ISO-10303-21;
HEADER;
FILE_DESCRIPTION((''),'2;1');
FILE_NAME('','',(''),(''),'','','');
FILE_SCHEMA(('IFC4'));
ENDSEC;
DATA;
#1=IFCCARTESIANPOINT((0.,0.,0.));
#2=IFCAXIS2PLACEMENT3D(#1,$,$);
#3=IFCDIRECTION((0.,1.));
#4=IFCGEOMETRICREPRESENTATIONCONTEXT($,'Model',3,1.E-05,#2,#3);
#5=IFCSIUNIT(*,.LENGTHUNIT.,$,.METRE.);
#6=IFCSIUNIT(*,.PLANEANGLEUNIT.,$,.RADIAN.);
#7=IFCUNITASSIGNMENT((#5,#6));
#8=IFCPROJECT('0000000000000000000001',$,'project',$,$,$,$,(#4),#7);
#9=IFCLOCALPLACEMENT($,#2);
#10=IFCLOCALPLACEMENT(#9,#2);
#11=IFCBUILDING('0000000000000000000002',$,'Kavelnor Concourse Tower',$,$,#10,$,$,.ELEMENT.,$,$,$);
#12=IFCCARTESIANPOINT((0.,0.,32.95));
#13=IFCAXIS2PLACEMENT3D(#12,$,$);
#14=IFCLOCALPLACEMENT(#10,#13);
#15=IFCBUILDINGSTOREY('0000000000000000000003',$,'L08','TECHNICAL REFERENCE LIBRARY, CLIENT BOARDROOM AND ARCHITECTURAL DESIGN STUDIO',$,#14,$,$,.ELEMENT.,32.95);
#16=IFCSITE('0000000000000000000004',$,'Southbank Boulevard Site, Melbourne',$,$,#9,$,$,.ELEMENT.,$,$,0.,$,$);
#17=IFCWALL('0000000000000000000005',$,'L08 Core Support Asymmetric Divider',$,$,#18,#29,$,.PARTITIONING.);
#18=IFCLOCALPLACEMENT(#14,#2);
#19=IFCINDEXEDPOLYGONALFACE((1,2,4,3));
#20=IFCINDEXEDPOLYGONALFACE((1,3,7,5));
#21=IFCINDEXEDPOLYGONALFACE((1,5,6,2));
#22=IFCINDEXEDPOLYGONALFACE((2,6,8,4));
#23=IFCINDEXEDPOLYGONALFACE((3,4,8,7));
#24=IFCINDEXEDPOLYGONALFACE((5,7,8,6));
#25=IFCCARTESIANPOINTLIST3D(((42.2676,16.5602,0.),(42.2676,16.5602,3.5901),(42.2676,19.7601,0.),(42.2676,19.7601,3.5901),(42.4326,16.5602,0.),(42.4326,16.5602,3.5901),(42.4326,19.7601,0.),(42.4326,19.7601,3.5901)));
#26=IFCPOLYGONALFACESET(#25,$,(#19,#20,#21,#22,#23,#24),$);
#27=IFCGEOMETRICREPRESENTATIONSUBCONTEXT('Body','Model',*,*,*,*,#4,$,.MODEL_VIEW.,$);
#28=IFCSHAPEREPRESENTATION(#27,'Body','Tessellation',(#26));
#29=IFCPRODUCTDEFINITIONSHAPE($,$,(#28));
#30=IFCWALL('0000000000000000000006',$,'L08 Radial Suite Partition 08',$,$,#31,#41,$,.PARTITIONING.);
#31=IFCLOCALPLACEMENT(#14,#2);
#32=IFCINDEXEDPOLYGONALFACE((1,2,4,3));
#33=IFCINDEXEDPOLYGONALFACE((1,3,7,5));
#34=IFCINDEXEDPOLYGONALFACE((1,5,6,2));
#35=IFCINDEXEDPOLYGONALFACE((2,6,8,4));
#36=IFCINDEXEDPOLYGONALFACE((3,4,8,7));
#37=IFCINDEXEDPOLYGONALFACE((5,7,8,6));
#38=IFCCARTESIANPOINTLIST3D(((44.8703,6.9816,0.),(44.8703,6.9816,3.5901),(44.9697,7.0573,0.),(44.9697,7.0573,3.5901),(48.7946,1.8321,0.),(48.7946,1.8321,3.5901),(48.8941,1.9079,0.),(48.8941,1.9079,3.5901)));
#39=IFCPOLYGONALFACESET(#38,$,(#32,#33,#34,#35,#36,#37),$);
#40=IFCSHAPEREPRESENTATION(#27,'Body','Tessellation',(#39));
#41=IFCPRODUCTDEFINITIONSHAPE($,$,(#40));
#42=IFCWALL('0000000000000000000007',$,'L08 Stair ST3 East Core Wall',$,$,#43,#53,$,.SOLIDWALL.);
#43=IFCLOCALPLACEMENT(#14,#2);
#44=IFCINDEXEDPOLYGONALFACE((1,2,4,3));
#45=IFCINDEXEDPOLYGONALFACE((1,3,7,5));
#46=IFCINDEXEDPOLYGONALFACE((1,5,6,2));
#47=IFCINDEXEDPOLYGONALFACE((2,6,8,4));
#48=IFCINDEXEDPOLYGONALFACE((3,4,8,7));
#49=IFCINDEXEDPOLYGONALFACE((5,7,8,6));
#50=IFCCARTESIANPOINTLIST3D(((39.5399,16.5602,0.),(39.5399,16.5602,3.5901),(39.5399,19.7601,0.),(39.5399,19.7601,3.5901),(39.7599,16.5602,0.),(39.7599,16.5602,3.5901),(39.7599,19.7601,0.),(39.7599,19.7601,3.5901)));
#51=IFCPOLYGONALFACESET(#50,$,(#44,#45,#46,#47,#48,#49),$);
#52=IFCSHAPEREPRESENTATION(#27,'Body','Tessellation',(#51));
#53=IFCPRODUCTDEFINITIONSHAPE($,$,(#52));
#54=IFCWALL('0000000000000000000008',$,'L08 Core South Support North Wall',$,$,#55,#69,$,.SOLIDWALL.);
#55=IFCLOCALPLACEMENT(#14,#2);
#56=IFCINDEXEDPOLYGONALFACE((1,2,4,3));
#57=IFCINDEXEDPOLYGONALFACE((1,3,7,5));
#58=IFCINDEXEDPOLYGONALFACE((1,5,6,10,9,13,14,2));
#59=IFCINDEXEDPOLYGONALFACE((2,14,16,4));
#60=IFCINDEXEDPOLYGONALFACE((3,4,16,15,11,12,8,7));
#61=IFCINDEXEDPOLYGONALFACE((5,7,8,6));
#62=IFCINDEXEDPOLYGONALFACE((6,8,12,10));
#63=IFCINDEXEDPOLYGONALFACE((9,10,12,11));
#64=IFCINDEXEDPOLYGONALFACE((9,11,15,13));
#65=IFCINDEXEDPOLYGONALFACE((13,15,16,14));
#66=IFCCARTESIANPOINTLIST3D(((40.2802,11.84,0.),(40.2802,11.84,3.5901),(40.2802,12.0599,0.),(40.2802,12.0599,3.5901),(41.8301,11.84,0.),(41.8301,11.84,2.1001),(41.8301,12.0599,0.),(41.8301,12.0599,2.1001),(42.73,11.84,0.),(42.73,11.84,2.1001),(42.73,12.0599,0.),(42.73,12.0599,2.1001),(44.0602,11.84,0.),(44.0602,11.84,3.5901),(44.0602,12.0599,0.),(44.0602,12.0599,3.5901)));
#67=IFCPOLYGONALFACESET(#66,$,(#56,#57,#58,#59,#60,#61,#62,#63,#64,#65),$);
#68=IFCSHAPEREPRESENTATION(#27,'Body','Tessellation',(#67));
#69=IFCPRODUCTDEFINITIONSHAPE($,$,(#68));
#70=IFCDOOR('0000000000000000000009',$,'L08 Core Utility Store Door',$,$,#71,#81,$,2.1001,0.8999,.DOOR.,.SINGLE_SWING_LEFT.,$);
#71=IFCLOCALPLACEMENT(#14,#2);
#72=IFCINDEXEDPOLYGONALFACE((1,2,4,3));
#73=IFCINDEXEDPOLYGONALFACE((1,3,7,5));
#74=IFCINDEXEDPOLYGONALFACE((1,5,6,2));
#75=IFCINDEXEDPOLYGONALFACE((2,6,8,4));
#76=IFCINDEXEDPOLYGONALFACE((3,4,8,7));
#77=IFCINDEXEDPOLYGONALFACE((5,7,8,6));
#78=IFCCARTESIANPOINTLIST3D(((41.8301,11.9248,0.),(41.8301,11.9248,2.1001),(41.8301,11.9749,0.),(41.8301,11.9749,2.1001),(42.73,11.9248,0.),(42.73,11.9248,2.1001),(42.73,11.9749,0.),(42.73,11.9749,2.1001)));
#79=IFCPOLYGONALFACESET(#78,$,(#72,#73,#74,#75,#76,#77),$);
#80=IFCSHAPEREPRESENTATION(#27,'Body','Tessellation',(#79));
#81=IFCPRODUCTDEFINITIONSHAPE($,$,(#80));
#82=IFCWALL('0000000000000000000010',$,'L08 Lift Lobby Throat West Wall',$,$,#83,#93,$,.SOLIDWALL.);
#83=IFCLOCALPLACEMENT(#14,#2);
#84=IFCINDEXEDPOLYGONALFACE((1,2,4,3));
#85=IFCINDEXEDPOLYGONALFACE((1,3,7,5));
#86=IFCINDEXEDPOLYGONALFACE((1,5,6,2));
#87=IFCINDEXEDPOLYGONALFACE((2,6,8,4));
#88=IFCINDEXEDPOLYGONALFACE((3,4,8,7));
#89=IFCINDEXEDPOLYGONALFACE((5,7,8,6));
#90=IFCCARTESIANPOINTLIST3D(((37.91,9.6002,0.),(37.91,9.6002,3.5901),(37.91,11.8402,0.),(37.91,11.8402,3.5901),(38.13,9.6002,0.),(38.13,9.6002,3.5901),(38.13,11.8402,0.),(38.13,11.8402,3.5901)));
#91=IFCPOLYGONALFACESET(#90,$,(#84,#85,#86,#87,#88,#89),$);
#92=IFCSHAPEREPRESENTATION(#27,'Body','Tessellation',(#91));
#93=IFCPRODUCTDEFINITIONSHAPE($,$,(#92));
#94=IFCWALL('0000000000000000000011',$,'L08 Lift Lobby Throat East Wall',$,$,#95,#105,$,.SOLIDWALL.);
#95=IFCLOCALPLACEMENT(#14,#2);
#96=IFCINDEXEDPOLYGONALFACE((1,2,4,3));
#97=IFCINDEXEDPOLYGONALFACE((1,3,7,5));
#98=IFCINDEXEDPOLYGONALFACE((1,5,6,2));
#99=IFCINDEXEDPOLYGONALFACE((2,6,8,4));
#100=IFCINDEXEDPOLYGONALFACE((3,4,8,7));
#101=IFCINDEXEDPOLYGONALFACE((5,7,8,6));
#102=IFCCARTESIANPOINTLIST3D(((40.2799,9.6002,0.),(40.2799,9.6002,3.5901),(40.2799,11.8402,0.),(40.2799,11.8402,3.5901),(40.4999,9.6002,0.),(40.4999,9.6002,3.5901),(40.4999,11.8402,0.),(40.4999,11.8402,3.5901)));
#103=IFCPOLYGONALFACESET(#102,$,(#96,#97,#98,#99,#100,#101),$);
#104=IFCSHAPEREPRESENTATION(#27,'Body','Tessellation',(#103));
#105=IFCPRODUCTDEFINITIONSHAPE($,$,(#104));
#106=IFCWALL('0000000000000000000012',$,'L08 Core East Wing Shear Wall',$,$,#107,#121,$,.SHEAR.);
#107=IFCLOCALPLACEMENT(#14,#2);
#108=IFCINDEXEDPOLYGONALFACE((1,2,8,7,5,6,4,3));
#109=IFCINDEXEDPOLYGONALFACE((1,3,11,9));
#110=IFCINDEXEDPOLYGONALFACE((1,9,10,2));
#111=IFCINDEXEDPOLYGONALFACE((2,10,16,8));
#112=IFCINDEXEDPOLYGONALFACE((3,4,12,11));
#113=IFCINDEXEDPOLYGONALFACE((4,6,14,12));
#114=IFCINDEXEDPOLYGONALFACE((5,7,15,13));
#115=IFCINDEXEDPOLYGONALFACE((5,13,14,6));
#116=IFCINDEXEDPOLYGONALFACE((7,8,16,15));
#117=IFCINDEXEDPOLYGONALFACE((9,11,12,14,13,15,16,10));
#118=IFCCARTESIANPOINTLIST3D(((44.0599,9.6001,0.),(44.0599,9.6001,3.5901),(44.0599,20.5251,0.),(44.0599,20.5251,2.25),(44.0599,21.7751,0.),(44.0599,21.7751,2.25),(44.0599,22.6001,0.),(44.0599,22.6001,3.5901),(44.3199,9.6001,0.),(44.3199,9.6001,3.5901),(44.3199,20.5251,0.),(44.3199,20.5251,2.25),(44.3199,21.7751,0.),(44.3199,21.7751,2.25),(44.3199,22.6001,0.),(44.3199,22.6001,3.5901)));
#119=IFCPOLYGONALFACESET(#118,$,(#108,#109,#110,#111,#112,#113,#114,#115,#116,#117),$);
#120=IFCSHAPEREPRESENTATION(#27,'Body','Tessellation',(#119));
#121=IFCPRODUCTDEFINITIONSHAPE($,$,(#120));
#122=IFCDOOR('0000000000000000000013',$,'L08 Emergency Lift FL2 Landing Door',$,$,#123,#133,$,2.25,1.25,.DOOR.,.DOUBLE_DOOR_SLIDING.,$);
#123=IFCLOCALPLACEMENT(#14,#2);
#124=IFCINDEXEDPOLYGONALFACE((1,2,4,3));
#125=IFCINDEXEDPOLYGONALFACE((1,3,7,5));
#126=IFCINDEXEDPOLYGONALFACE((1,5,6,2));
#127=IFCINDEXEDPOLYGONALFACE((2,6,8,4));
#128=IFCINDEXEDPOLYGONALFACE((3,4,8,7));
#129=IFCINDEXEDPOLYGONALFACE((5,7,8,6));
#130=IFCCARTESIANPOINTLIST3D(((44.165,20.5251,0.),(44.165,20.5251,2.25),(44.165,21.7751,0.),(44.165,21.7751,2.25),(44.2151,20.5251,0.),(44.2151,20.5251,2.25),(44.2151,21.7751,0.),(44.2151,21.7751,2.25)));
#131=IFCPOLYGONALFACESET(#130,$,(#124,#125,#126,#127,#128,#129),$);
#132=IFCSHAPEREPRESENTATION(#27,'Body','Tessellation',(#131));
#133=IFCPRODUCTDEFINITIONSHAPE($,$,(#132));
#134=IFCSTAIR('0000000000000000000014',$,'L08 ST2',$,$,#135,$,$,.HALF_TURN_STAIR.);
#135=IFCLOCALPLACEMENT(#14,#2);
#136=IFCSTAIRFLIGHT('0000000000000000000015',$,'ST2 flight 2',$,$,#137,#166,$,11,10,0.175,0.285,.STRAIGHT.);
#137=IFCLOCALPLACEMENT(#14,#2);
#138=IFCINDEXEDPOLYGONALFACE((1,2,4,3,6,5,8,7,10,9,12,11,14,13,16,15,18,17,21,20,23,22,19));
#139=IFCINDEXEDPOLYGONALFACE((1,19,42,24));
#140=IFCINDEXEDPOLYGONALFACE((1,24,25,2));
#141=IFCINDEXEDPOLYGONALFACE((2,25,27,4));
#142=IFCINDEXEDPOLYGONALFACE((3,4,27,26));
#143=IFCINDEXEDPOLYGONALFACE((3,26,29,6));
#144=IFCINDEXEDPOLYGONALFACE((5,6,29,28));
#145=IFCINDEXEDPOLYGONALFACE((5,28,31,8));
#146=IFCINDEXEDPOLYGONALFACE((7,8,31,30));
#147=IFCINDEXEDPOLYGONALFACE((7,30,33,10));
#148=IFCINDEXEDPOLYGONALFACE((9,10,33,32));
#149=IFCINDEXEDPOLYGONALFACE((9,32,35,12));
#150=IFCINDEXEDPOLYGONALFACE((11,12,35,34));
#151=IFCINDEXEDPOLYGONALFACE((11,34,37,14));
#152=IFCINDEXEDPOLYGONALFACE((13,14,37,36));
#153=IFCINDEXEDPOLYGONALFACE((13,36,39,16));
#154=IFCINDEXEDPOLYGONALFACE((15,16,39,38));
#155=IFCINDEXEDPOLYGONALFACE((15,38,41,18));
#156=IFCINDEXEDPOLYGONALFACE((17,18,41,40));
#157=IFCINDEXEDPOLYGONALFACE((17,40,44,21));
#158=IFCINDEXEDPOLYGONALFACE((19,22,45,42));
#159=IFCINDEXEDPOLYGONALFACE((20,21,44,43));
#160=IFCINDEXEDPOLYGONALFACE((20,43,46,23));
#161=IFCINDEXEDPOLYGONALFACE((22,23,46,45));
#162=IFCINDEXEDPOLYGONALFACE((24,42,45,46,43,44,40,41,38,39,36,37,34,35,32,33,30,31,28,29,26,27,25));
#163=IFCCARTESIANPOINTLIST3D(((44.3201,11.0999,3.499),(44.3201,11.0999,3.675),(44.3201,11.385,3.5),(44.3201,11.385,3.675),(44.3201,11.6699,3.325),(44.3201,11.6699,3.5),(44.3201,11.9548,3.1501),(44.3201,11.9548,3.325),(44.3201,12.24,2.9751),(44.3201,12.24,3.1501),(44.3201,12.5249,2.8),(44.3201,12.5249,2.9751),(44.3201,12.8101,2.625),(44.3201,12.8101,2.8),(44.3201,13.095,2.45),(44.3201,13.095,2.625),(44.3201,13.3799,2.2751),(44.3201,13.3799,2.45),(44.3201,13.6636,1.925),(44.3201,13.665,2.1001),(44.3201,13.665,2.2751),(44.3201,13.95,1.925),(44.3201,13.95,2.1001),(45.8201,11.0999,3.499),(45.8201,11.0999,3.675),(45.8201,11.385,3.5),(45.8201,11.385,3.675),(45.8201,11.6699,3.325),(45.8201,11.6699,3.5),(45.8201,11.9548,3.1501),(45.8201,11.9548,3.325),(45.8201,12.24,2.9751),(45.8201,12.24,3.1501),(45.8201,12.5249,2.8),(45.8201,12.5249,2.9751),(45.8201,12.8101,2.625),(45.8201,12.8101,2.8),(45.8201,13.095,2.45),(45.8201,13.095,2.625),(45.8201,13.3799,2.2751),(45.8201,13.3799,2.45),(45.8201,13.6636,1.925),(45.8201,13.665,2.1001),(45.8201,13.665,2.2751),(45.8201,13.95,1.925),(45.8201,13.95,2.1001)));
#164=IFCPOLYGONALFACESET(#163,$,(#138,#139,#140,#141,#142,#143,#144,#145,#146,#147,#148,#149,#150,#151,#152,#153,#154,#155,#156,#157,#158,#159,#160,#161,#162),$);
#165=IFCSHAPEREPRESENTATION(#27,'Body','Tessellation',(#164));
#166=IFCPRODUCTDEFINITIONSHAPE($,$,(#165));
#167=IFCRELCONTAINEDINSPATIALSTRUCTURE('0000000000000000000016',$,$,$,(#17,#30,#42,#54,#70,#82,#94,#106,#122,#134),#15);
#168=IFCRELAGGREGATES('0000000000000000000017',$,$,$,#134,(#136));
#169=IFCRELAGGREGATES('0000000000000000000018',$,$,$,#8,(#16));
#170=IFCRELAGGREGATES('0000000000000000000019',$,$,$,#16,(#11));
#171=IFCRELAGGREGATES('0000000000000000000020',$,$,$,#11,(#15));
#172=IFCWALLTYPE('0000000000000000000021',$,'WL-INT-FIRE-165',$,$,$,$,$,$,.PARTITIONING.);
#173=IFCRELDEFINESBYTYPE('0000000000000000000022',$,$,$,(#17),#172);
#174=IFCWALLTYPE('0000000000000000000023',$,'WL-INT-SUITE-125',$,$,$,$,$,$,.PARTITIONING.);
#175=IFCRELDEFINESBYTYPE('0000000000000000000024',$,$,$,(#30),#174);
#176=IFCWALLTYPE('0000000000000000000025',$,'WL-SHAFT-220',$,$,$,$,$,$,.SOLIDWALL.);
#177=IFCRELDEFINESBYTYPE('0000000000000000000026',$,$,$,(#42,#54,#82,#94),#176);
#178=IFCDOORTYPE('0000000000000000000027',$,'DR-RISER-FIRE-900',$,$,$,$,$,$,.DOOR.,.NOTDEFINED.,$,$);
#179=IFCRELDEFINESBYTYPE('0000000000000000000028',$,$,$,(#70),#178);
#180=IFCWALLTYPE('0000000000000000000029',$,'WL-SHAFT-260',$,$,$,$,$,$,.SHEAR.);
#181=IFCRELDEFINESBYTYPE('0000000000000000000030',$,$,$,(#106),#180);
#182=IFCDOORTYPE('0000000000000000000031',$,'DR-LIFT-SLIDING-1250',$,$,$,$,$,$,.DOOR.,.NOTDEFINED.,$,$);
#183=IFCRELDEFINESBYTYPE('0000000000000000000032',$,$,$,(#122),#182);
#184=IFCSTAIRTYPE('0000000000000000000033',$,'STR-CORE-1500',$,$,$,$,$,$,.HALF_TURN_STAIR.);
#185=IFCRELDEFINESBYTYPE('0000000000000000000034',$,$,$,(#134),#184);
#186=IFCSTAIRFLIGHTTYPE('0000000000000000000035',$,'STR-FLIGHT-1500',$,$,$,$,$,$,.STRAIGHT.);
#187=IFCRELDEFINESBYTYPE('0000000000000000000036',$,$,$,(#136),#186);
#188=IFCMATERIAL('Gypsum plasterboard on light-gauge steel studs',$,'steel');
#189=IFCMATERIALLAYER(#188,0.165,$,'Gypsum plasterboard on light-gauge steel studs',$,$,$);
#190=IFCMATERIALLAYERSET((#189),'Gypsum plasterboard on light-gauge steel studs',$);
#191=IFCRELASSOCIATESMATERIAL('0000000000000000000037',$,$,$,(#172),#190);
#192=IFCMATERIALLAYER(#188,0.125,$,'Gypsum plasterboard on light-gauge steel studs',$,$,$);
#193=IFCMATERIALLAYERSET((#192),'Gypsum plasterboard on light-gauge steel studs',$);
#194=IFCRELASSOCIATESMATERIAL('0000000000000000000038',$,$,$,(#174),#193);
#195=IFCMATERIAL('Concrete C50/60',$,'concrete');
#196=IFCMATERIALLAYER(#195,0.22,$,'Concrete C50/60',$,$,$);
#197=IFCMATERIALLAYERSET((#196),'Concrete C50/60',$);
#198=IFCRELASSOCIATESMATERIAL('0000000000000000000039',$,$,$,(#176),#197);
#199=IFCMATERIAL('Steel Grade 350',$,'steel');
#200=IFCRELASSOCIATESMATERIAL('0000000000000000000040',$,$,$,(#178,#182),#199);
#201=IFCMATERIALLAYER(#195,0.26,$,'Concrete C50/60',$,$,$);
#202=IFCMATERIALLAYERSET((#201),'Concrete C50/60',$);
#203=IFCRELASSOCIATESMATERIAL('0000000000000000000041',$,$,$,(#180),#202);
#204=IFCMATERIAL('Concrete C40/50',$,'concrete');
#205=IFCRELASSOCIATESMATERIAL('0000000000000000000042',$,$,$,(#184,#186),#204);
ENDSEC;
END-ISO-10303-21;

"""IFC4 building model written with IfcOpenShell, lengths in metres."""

from ifc_helpers import new_model, si_unit, direction, frame, frame_2d, origin, place, context, subcontext, project, spatial, polyline, rectangle, outline, extrude, material, layer, layer_set, type_object, element, fill, aggregate, save


model = new_model("IFC4")

# Units and contexts
model_context = context("Model", 3, precision=1e-05, world=origin(), true_north=direction((0.0, 1.0)))
body_context = subcontext(model_context, "Body", "Model", "MODEL_VIEW")
ifc_project = project(units=[si_unit("LENGTHUNIT", "METRE"), si_unit("PLANEANGLEUNIT", "RADIAN")], contexts=[model_context])

# Site, building, storey
site_placement = place(None, origin())
site = spatial("IfcSite", under=ifc_project, at=site_placement, Name="Southbank Boulevard Site, Melbourne", CompositionType="ELEMENT", RefElevation=0.0)
building_placement = place(site_placement, origin())
building = spatial("IfcBuilding", under=site, at=building_placement, Name="Kavelnor Concourse Tower", CompositionType="ELEMENT")
storey_placement = place(building_placement, frame((0.0, 0.0, 32.95)))
storey = spatial("IfcBuildingStorey", under=building, at=storey_placement, Name="L08", Description="TECHNICAL REFERENCE LIBRARY, CLIENT BOARDROOM AND ARCHITECTURAL DESIGN STUDIO", CompositionType="ELEMENT", Elevation=32.95)

# Shared definitions
ifc_material_1 = material(Name="Steel Grade 350", Category="steel")

# Walls
ifc_material_2 = material(Name="Gypsum plasterboard on light-gauge steel studs", Category="steel")
ifc_layer_1 = layer(ifc_material_2, 0.165, Name="Gypsum plasterboard on light-gauge steel studs")
ifc_layer_set_1 = layer_set([ifc_layer_1], Name="Gypsum plasterboard on light-gauge steel studs")
wall_type_1 = type_object("IfcWallType", Name="WL-INT-FIRE-165", PredefinedType="PARTITIONING", material=ifc_layer_set_1)
wall_1_placement = place(storey_placement, frame((42.3501, 16.5601, 0.0), z_axis=(0.0, 0.0, 1.0), x_axis=(0.0, 1.0, 0.0)))
element("IfcWall", 1, at=wall_1_placement, inside=storey, type_object=wall_type_1, Name="L08 Core Support Asymmetric Divider", PredefinedType="PARTITIONING", context=body_context, shape_type="SweptSolid", body=[
    extrude(rectangle(XDim=3.2, YDim=0.165, at=frame_2d((1.6001, 0.0))), origin(), (0.0, 0.0, 1.0), 3.5901),
])
ifc_layer_2 = layer(ifc_material_2, 0.125, Name="Gypsum plasterboard on light-gauge steel studs")
ifc_layer_set_2 = layer_set([ifc_layer_2], Name="Gypsum plasterboard on light-gauge steel studs")
wall_type_2 = type_object("IfcWallType", Name="WL-INT-SUITE-125", PredefinedType="PARTITIONING", material=ifc_layer_set_2)
wall_2_placement = place(storey_placement, frame((44.9199, 7.0195, 0.0), z_axis=(0.0, 0.0, 1.0), x_axis=(0.606136, -0.795361, 0.0)))
element("IfcWall", 2, at=wall_2_placement, inside=storey, type_object=wall_type_2, Name="L08 Radial Suite Partition 08", PredefinedType="PARTITIONING", context=body_context, shape_type="SweptSolid", body=[
    extrude(rectangle(XDim=6.4744, YDim=0.125, at=frame_2d((3.2373, 0.0))), origin(), (0.0, 0.0, 1.0), 3.5901),
])
ifc_material_3 = material(Name="Concrete C50/60", Category="concrete")
ifc_layer_3 = layer(ifc_material_3, 0.22, Name="Concrete C50/60")
ifc_layer_set_3 = layer_set([ifc_layer_3], Name="Concrete C50/60")
wall_type_3 = type_object("IfcWallType", Name="WL-SHAFT-220", PredefinedType="SOLIDWALL", material=ifc_layer_set_3)
wall_3_placement = place(storey_placement, frame((39.6499, 16.5601, 0.0), z_axis=(0.0, 0.0, 1.0), x_axis=(0.0, 1.0, 0.0)))
element("IfcWall", 3, at=wall_3_placement, inside=storey, type_object=wall_type_3, Name="L08 Stair ST3 East Core Wall", PredefinedType="SOLIDWALL", context=body_context, shape_type="SweptSolid", body=[
    extrude(rectangle(XDim=3.2, YDim=0.22, at=frame_2d((1.6001, 0.0))), origin(), (0.0, 0.0, 1.0), 3.5901),
])

# Wall, opening, door
wall_4_placement = place(storey_placement, frame((40.28, 11.95, 0.0), z_axis=(0.0, 0.0, 1.0), x_axis=(1.0, 0.0, 0.0)))
wall_4 = element("IfcWall", 4, at=wall_4_placement, inside=storey, type_object=wall_type_3, Name="L08 Core South Support North Wall", PredefinedType="SOLIDWALL", context=body_context, shape_type="SweptSolid", body=[
    extrude(rectangle(XDim=3.78, YDim=0.22, at=frame_2d((1.8901, 0.0))), origin(), (0.0, 0.0, 1.0), 3.5901),
])
opening_1_placement = place(wall_4_placement, frame((1.55, 0.0, 0.0)))
opening_1 = element("IfcOpeningElement", 5, at=opening_1_placement, cuts=wall_4, PredefinedType="OPENING", context=body_context, shape_type="SweptSolid", body=[
    extrude(rectangle(XDim=0.8999, YDim=2.1001, at=frame_2d((0.45, 1.05))), frame((0.0, 0.1201, 0.0), z_axis=(0.0, -1.0, 0.0), x_axis=(1.0, 0.0, 0.0)), (0.0, 0.0, 1.0), 0.24),
])
door_type_1 = type_object("IfcDoorType", Name="DR-RISER-FIRE-900", OperationType="NOTDEFINED", PredefinedType="DOOR", material=ifc_material_1)
door_1_placement = place(opening_1_placement, origin())
door_1 = element("IfcDoor", 6, at=door_1_placement, inside=storey, type_object=door_type_1, Name="L08 Core Utility Store Door", OperationType="SINGLE_SWING_LEFT", OverallHeight=2.1001, OverallWidth=0.8999, PredefinedType="DOOR", context=body_context, shape_type="SweptSolid", body=[
    extrude(rectangle(XDim=0.8999, YDim=2.1001, at=frame_2d((0.45, 1.05))), frame((0.0, 0.0249, 0.0), z_axis=(0.0, -1.0, 0.0), x_axis=(1.0, 0.0, 0.0)), (0.0, 0.0, 1.0), 0.05),
])
fill(opening_1, door_1)

# Walls
for number, where, z_axis, x_axis, name in (
    (7, (38.02, 9.6001, 0.0), (0.0, 0.0, 1.0), (0.0, 1.0, 0.0), "L08 Lift Lobby Throat West Wall"),
    (8, (40.3899, 9.6001, 0.0), (0.0, 0.0, 1.0), (0.0, 1.0, 0.0), "L08 Lift Lobby Throat East Wall"),
):
    element("IfcWall", number, at=place(storey_placement, frame(where, z_axis=z_axis, x_axis=x_axis)), inside=storey, type_object=wall_type_3, Name=name, PredefinedType="SOLIDWALL", context=body_context, shape_type="SweptSolid", body=[
        extrude(rectangle(XDim=2.24, YDim=0.22, at=frame_2d((1.1201, 0.0))), origin(), (0.0, 0.0, 1.0), 3.5901),
    ])

# Wall, opening, door
ifc_layer_4 = layer(ifc_material_3, 0.26, Name="Concrete C50/60")
ifc_layer_set_4 = layer_set([ifc_layer_4], Name="Concrete C50/60")
wall_type_4 = type_object("IfcWallType", Name="WL-SHAFT-260", PredefinedType="SHEAR", material=ifc_layer_set_4)
wall_5_placement = place(storey_placement, frame((44.1899, 9.6001, 0.0), z_axis=(0.0, 0.0, 1.0), x_axis=(0.0, 1.0, 0.0)))
wall_5 = element("IfcWall", 9, at=wall_5_placement, inside=storey, type_object=wall_type_4, Name="L08 Core East Wing Shear Wall", PredefinedType="SHEAR", context=body_context, shape_type="SweptSolid", body=[
    extrude(rectangle(XDim=13.0, YDim=0.26, at=frame_2d((6.5, 0.0))), origin(), (0.0, 0.0, 1.0), 3.5901),
])
opening_2_placement = place(wall_5_placement, frame((10.925, 0.0, 0.0)))
opening_2 = element("IfcOpeningElement", 10, at=opening_2_placement, cuts=wall_5, PredefinedType="OPENING", context=body_context, shape_type="SweptSolid", body=[
    extrude(rectangle(XDim=1.25, YDim=2.25, at=frame_2d((0.625, 1.125))), frame((0.0, 0.1401, 0.0), z_axis=(0.0, -1.0, 0.0), x_axis=(1.0, 0.0, 0.0)), (0.0, 0.0, 1.0), 0.28),
])
door_type_2 = type_object("IfcDoorType", Name="DR-LIFT-SLIDING-1250", OperationType="NOTDEFINED", PredefinedType="DOOR", material=ifc_material_1)
door_2_placement = place(opening_2_placement, origin())
door_2 = element("IfcDoor", 11, at=door_2_placement, inside=storey, type_object=door_type_2, Name="L08 Emergency Lift FL2 Landing Door", OperationType="DOUBLE_DOOR_SLIDING", OverallHeight=2.25, OverallWidth=1.25, PredefinedType="DOOR", context=body_context, shape_type="SweptSolid", body=[
    extrude(rectangle(XDim=1.25, YDim=2.25, at=frame_2d((0.625, 1.125))), frame((0.0, 0.0249, 0.0), z_axis=(0.0, -1.0, 0.0), x_axis=(1.0, 0.0, 0.0)), (0.0, 0.0, 1.0), 0.05),
])
fill(opening_2, door_2)

# Stair, stair flight
ifc_material_4 = material(Name="Concrete C40/50", Category="concrete")
stair_type = type_object("IfcStairType", Name="STR-CORE-1500", PredefinedType="HALF_TURN_STAIR", material=ifc_material_4)
stair_placement = place(storey_placement, origin())
stair = element("IfcStair", 12, at=stair_placement, inside=storey, type_object=stair_type, Name="L08 ST2", PredefinedType="HALF_TURN_STAIR")
stair_flight_type = type_object("IfcStairFlightType", Name="STR-FLIGHT-1500", PredefinedType="STRAIGHT", material=ifc_material_4)
stair_flight_placement = place(storey_placement, frame((45.0701, 13.95, 1.925), z_axis=(0.0, 0.0, 1.0), x_axis=(0.0, -1.0, 0.0)))
stair_flight = element("IfcStairFlight", 13, at=stair_flight_placement, type_object=stair_flight_type, Name="ST2 flight 2", NumberOfRisers=11, NumberOfTreads=10, PredefinedType="STRAIGHT", RiserHeight=0.175, TreadLength=0.285, context=body_context, shape_type="SweptSolid", body=[
    extrude(outline(polyline([(0.0, 0.0), (0.0, 0.175), (0.2849, 0.175), (0.2849, 0.3501), (0.5701, 0.3501), (0.5701, 0.5249), (0.855, 0.5249), (0.855, 0.7), (1.1399, 0.7), (1.1399, 0.875), (1.425, 0.875), (1.425, 1.05), (1.71, 1.05), (1.71, 1.2251), (1.9951, 1.2251), (1.9951, 1.3999), (2.28, 1.3999), (2.28, 1.575), (2.5649, 1.575), (2.5649, 1.75), (2.8501, 1.75), (2.8501, 1.925), (2.8501, 1.574), (0.2864, 0.0), (0.0, 0.0)])), frame((0.0, 0.75, 0.0), z_axis=(0.0, -1.0, 0.0), x_axis=(1.0, 0.0, 0.0)), (0.0, 0.0, 1.0), 1.5),
])
aggregate(stair, [stair_flight])

save(model, "model.ifc")
